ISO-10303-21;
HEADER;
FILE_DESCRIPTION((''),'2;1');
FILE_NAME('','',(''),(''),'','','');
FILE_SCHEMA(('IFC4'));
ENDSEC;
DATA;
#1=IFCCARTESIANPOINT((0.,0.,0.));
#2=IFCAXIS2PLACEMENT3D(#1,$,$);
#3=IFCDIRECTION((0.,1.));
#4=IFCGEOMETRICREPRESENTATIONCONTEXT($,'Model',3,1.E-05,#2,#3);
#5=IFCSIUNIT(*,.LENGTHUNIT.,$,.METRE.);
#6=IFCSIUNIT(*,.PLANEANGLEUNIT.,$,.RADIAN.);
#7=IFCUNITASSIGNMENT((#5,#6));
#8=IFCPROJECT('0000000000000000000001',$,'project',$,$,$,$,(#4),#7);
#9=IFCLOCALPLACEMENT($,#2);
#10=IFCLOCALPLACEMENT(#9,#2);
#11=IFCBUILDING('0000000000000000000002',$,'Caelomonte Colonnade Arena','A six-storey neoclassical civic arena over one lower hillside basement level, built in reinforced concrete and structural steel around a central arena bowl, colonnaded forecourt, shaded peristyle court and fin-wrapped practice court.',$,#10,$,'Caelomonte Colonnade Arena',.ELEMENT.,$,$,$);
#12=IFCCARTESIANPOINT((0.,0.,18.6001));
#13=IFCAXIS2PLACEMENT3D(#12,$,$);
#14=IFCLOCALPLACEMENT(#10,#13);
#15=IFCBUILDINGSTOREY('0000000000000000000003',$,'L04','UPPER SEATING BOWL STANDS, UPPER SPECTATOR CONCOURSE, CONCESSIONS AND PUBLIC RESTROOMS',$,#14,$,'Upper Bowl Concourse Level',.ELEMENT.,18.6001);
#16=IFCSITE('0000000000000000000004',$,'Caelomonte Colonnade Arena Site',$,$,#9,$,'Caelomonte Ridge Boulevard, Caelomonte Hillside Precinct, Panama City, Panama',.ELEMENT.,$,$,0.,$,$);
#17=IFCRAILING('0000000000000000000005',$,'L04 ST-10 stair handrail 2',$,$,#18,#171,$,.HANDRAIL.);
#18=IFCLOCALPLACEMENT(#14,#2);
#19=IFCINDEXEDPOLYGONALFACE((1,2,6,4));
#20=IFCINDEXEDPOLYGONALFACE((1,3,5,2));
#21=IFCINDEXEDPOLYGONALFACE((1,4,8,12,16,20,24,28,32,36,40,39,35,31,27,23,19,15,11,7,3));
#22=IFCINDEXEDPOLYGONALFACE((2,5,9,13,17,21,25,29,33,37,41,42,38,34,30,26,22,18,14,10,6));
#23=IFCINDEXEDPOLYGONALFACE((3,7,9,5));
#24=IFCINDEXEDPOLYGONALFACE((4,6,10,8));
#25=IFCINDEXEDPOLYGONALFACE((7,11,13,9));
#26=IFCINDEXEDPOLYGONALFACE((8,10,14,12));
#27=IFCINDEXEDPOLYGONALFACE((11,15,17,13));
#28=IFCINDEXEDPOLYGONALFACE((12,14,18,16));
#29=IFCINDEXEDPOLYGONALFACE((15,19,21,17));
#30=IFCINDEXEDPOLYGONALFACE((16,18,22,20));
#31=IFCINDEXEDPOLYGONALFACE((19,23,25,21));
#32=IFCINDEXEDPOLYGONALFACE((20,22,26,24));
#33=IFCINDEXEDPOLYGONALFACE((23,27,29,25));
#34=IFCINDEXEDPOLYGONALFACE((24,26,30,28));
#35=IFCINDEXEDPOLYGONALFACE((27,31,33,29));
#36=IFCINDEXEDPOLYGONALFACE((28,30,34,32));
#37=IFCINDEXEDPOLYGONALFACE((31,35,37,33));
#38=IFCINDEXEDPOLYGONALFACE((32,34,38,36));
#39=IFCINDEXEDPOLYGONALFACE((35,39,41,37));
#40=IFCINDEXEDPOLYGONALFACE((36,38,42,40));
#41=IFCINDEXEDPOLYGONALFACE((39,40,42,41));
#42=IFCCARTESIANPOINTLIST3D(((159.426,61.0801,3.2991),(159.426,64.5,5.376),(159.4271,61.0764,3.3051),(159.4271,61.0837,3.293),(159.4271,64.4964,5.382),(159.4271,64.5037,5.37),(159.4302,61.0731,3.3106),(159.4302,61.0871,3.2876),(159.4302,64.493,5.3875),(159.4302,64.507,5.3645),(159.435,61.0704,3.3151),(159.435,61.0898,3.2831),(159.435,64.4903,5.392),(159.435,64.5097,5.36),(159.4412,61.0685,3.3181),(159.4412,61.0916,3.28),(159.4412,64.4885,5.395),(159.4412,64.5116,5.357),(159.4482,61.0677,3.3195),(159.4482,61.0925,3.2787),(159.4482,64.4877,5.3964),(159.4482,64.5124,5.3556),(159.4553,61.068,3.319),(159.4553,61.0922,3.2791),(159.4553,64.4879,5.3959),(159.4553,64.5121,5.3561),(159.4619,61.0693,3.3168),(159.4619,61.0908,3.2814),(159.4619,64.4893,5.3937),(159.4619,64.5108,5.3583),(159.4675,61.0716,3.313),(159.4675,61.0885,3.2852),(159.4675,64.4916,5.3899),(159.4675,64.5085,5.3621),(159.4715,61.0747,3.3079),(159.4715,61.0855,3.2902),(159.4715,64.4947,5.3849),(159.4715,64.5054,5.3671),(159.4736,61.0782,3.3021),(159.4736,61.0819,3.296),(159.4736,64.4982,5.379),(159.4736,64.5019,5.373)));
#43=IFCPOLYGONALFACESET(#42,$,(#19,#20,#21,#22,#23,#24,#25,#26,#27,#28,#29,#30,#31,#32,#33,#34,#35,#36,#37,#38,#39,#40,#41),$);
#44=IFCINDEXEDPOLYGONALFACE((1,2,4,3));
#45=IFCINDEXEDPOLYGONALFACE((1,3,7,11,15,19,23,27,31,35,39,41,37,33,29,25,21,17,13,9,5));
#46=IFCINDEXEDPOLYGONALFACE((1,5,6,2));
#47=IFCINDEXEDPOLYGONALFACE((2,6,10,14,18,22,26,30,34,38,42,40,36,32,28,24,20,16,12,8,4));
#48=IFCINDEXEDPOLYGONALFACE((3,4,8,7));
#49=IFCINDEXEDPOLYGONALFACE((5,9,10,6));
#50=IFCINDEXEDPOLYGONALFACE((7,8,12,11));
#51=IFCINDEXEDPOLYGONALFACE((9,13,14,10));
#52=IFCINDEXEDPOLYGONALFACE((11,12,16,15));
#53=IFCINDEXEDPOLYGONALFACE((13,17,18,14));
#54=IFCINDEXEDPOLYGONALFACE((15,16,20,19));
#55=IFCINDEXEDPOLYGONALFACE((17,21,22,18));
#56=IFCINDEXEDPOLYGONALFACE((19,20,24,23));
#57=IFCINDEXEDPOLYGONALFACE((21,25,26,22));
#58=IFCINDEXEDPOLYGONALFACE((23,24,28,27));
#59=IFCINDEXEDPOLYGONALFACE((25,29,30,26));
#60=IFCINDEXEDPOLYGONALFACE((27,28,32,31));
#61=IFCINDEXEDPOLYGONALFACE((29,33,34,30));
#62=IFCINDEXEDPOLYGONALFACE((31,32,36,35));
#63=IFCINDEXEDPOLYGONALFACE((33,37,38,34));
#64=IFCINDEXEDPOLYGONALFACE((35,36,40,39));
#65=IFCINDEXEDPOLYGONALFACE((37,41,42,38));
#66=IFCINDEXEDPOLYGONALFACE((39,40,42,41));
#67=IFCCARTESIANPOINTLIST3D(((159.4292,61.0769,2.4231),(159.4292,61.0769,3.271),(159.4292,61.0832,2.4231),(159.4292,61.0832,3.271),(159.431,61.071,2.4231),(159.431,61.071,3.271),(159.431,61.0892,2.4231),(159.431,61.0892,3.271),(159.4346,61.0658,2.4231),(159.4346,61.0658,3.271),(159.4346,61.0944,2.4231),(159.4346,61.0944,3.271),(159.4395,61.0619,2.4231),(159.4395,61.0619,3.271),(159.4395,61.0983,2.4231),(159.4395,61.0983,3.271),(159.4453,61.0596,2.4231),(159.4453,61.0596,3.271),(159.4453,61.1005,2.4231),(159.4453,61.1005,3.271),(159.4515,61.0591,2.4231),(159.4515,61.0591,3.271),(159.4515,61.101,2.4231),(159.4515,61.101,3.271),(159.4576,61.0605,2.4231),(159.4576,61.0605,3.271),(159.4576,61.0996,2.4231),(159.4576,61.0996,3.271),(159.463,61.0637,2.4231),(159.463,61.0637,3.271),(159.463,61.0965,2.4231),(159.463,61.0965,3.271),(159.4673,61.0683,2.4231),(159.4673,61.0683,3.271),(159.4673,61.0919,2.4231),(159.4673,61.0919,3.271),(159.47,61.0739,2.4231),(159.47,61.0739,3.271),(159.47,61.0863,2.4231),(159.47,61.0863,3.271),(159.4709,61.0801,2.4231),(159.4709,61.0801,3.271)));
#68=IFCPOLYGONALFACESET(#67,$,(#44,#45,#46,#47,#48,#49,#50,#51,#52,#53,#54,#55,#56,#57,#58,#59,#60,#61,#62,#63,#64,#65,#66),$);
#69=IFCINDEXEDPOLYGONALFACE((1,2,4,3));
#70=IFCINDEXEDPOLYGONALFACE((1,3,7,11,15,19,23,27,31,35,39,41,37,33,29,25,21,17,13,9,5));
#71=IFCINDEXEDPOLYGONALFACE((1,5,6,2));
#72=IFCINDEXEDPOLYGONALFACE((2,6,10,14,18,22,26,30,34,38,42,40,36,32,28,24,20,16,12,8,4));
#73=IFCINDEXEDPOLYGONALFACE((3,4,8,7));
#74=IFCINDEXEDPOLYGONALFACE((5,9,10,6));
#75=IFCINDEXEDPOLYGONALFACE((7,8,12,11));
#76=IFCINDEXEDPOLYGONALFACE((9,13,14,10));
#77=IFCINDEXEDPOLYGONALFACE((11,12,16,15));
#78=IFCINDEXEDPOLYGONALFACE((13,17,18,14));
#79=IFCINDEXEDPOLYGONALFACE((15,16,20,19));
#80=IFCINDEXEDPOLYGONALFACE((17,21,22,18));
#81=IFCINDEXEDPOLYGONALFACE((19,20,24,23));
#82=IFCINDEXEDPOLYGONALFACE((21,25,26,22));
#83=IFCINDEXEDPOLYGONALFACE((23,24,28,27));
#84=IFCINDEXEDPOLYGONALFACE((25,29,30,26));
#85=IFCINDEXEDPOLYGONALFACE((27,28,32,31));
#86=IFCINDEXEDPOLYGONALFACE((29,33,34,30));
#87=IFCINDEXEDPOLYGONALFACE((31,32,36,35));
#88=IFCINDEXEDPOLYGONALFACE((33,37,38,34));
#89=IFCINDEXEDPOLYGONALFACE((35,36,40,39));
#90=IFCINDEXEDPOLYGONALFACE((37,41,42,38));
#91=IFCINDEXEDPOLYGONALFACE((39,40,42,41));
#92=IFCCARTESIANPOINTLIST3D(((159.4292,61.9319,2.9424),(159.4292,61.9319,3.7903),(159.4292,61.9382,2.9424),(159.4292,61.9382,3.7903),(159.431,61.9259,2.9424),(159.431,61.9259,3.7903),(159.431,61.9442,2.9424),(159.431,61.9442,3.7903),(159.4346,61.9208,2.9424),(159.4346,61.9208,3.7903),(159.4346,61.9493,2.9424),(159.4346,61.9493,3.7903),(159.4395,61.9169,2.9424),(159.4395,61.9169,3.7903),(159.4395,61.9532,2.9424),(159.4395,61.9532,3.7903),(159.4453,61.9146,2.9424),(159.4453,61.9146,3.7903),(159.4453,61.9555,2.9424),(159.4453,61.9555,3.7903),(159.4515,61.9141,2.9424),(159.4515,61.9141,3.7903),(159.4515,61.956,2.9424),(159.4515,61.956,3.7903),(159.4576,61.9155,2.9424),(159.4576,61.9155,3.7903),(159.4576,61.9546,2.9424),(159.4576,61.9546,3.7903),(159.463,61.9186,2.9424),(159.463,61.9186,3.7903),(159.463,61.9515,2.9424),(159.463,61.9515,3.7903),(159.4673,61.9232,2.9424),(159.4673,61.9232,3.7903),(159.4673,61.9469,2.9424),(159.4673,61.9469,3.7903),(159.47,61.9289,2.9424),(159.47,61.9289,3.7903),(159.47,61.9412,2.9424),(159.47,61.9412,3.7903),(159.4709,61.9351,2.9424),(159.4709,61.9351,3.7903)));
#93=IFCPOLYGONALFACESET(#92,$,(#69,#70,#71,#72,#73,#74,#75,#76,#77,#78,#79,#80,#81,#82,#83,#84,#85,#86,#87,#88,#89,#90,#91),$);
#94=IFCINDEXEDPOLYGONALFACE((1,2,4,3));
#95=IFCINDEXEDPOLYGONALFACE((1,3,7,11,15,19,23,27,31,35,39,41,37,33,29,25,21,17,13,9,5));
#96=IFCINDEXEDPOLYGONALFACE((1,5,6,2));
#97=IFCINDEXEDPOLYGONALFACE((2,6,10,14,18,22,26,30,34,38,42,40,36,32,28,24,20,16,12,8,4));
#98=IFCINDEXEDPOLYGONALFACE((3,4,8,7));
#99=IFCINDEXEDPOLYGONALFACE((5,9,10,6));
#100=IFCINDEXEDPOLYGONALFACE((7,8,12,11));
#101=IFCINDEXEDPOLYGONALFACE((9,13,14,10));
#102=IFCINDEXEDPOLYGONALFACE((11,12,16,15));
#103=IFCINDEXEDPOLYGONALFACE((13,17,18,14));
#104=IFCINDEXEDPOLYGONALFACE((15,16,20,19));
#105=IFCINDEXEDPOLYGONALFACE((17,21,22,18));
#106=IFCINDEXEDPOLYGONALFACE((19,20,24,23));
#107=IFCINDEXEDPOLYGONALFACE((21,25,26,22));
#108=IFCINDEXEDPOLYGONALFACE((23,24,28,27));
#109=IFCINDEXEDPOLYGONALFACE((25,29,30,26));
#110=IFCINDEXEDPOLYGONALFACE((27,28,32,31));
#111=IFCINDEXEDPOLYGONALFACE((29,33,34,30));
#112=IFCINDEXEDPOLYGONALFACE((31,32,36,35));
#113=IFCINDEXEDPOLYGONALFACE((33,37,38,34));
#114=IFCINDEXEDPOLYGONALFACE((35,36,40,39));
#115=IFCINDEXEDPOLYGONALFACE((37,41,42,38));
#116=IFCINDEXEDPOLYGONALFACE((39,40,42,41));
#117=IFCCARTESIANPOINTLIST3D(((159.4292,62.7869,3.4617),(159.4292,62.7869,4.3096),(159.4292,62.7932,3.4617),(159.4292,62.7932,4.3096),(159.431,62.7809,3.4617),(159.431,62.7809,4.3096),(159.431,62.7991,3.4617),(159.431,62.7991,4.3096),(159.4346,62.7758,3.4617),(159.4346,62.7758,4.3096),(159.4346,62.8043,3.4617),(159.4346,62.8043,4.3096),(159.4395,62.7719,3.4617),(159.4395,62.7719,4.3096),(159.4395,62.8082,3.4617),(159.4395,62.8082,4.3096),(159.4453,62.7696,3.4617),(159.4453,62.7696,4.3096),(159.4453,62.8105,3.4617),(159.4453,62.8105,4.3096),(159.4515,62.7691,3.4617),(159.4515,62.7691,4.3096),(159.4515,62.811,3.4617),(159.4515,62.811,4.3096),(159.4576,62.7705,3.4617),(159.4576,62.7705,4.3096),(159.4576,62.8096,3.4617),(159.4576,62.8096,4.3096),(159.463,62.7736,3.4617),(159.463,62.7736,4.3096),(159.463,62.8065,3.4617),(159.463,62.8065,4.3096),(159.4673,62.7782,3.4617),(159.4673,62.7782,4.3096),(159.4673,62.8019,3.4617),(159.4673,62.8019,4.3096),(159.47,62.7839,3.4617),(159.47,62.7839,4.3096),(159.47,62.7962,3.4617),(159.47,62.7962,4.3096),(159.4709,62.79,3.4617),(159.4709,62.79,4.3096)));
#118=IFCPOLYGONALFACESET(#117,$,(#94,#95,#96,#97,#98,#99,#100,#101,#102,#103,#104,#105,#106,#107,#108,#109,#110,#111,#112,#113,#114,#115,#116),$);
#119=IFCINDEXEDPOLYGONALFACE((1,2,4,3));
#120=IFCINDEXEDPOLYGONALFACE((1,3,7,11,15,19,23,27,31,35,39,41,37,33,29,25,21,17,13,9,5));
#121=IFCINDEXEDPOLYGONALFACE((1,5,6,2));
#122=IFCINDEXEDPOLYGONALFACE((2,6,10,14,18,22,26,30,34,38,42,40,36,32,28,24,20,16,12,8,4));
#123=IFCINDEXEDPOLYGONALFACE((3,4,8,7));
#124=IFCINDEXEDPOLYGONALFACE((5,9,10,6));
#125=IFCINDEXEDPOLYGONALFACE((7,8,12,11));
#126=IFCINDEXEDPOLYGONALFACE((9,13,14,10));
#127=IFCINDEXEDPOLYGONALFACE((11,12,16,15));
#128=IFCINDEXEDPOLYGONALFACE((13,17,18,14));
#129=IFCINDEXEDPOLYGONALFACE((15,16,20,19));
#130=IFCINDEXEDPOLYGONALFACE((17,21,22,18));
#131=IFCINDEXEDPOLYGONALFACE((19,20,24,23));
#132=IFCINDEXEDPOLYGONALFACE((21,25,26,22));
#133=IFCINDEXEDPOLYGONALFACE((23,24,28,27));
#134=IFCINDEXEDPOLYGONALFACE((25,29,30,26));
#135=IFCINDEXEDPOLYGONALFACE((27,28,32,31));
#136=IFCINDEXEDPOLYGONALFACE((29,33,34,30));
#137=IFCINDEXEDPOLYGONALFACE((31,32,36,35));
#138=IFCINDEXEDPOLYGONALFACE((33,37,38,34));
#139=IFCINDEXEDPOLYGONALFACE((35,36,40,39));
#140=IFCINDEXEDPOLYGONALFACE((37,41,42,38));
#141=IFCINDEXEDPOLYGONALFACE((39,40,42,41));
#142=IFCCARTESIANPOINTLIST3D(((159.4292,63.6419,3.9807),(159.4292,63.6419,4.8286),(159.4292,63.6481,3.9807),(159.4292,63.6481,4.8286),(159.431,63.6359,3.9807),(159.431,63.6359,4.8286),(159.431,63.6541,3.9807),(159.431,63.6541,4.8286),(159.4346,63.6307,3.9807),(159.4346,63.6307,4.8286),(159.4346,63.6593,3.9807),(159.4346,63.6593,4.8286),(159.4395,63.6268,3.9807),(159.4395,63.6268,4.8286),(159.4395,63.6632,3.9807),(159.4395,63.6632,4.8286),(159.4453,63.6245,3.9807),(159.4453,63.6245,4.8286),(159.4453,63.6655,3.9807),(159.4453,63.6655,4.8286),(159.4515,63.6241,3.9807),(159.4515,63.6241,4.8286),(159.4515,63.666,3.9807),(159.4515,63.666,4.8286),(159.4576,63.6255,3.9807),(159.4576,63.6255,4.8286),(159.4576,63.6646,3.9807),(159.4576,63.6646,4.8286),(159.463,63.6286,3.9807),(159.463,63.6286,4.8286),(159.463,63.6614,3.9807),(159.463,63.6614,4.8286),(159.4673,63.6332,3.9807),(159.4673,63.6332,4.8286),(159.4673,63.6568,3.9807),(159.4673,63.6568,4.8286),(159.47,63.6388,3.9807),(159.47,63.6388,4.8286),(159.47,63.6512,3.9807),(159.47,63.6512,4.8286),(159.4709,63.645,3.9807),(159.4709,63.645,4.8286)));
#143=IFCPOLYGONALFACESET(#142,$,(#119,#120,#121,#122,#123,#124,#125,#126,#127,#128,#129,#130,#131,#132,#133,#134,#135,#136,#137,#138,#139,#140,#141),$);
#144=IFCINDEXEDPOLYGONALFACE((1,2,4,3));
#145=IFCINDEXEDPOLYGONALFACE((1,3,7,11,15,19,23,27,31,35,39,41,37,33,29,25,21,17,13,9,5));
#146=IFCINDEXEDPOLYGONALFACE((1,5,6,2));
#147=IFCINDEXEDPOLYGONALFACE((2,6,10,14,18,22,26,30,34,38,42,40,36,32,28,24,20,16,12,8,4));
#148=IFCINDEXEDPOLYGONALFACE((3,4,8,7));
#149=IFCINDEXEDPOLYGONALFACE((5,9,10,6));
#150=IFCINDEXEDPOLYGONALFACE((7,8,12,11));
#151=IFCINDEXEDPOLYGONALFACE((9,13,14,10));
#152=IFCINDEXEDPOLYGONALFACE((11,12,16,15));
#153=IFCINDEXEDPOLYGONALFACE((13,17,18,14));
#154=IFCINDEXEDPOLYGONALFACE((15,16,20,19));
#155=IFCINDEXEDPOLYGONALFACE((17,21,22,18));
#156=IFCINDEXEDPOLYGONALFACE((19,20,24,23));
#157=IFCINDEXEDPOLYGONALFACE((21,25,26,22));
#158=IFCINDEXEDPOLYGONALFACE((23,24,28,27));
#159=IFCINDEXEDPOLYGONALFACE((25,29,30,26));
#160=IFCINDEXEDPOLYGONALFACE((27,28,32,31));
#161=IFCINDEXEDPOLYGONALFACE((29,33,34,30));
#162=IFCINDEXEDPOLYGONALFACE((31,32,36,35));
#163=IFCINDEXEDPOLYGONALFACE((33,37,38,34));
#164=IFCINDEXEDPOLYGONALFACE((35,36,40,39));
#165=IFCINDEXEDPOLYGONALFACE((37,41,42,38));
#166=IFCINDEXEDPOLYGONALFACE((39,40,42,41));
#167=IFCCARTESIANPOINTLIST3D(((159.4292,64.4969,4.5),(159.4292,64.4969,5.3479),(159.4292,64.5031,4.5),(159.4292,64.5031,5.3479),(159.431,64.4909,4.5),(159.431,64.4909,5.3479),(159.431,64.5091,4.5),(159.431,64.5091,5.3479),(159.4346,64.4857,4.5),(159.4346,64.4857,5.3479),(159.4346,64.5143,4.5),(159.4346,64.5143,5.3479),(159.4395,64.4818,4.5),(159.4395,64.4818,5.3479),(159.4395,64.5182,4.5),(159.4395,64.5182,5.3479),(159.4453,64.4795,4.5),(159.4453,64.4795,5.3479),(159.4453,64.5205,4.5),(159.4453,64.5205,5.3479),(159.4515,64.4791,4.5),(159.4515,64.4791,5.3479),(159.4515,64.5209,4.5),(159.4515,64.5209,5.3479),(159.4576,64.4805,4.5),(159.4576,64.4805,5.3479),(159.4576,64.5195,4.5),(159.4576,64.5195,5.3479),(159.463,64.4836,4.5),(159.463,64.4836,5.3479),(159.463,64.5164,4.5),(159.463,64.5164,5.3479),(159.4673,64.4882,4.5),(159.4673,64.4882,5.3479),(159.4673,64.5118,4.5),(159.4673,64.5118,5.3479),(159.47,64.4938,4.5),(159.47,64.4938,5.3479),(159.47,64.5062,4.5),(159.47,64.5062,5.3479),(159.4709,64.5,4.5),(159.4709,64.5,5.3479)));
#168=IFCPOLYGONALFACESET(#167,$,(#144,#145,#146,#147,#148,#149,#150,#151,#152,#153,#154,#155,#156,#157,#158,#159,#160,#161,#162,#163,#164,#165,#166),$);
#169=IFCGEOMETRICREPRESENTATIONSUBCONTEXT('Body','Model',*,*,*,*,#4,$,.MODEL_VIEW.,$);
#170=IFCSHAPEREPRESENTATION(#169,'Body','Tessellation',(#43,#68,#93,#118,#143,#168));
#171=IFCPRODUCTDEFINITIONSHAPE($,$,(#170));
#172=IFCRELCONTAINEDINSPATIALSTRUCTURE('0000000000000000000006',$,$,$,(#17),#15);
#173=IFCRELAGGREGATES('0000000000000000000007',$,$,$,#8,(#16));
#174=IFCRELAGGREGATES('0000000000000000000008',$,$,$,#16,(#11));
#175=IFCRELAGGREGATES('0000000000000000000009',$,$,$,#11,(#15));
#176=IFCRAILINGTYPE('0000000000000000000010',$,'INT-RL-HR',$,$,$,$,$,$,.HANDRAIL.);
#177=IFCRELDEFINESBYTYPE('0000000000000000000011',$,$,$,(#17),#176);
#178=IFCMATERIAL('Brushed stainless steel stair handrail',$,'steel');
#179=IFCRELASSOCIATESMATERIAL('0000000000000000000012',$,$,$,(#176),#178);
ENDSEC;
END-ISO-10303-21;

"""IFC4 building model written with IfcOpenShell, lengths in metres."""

from ifc_helpers import new_model, si_unit, direction, frame, origin, origin_2d, place, context, subcontext, project, spatial, circle, extrude, material, type_object, element, save


model = new_model("IFC4")

# Units and contexts
model_context = context("Model", 3, precision=1e-05, world=origin(), true_north=direction((0.0, 1.0)))
body_context = subcontext(model_context, "Body", "Model", "MODEL_VIEW")
ifc_project = project(units=[si_unit("LENGTHUNIT", "METRE"), si_unit("PLANEANGLEUNIT", "RADIAN")], contexts=[model_context])

# Site, building, storey
site_placement = place(None, origin())
site = spatial("IfcSite", under=ifc_project, at=site_placement, Name="Caelomonte Colonnade Arena Site", LongName="Caelomonte Ridge Boulevard, Caelomonte Hillside Precinct, Panama City, Panama", CompositionType="ELEMENT", RefElevation=0.0)
building_placement = place(site_placement, origin())
building = spatial("IfcBuilding", under=site, at=building_placement, Name="Caelomonte Colonnade Arena", Description="A six-storey neoclassical civic arena over one lower hillside basement level, built in reinforced concrete and structural steel around a central arena bowl, colonnaded forecourt, shaded peristyle court and fin-wrapped practice court.", LongName="Caelomonte Colonnade Arena", CompositionType="ELEMENT")
storey_placement = place(building_placement, frame((0.0, 0.0, 18.6001)))
storey = spatial("IfcBuildingStorey", under=building, at=storey_placement, Name="L04", Description="UPPER SEATING BOWL STANDS, UPPER SPECTATOR CONCOURSE, CONCESSIONS AND PUBLIC RESTROOMS", LongName="Upper Bowl Concourse Level", CompositionType="ELEMENT", Elevation=18.6001)

# Railing
ifc_material_1 = material(Name="Brushed stainless steel stair handrail", Category="steel")
railing_type_1 = type_object("IfcRailingType", Name="INT-RL-HR", PredefinedType="HANDRAIL", material=ifc_material_1)
railing_1_placement = place(storey_placement, frame((159.45, 61.0801, 2.4231)))
element("IfcRailing", 1, at=railing_1_placement, inside=storey, type_object=railing_type_1, Name="L04 ST-10 stair handrail 2", PredefinedType="HANDRAIL", context=body_context, shape_type="SweptSolid", body=[
    extrude(circle(Radius=0.0239, at=origin_2d()), frame((0.0, 0.0, 0.876), z_axis=(0.0, 0.85473, 0.519074), x_axis=(-1.0, 0.0, 0.0)), (0.0, 0.0, 1.0), 4.0012),
    extrude(circle(Radius=0.021, at=origin_2d()), origin(), (0.0, 0.0, 1.0), 0.8479),
    extrude(circle(Radius=0.021, at=origin_2d()), frame((0.0, 0.855, 0.5193)), (0.0, 0.0, 1.0), 0.8479),
    extrude(circle(Radius=0.021, at=origin_2d()), frame((0.0, 1.71, 1.0386)), (0.0, 0.0, 1.0), 0.8479),
    extrude(circle(Radius=0.021, at=origin_2d()), frame((0.0, 2.5649, 1.5576)), (0.0, 0.0, 1.0), 0.8479),
    extrude(circle(Radius=0.021, at=origin_2d()), frame((0.0, 3.4199, 2.0769)), (0.0, 0.0, 1.0), 0.8479),
])

save(model, "model.ifc")
